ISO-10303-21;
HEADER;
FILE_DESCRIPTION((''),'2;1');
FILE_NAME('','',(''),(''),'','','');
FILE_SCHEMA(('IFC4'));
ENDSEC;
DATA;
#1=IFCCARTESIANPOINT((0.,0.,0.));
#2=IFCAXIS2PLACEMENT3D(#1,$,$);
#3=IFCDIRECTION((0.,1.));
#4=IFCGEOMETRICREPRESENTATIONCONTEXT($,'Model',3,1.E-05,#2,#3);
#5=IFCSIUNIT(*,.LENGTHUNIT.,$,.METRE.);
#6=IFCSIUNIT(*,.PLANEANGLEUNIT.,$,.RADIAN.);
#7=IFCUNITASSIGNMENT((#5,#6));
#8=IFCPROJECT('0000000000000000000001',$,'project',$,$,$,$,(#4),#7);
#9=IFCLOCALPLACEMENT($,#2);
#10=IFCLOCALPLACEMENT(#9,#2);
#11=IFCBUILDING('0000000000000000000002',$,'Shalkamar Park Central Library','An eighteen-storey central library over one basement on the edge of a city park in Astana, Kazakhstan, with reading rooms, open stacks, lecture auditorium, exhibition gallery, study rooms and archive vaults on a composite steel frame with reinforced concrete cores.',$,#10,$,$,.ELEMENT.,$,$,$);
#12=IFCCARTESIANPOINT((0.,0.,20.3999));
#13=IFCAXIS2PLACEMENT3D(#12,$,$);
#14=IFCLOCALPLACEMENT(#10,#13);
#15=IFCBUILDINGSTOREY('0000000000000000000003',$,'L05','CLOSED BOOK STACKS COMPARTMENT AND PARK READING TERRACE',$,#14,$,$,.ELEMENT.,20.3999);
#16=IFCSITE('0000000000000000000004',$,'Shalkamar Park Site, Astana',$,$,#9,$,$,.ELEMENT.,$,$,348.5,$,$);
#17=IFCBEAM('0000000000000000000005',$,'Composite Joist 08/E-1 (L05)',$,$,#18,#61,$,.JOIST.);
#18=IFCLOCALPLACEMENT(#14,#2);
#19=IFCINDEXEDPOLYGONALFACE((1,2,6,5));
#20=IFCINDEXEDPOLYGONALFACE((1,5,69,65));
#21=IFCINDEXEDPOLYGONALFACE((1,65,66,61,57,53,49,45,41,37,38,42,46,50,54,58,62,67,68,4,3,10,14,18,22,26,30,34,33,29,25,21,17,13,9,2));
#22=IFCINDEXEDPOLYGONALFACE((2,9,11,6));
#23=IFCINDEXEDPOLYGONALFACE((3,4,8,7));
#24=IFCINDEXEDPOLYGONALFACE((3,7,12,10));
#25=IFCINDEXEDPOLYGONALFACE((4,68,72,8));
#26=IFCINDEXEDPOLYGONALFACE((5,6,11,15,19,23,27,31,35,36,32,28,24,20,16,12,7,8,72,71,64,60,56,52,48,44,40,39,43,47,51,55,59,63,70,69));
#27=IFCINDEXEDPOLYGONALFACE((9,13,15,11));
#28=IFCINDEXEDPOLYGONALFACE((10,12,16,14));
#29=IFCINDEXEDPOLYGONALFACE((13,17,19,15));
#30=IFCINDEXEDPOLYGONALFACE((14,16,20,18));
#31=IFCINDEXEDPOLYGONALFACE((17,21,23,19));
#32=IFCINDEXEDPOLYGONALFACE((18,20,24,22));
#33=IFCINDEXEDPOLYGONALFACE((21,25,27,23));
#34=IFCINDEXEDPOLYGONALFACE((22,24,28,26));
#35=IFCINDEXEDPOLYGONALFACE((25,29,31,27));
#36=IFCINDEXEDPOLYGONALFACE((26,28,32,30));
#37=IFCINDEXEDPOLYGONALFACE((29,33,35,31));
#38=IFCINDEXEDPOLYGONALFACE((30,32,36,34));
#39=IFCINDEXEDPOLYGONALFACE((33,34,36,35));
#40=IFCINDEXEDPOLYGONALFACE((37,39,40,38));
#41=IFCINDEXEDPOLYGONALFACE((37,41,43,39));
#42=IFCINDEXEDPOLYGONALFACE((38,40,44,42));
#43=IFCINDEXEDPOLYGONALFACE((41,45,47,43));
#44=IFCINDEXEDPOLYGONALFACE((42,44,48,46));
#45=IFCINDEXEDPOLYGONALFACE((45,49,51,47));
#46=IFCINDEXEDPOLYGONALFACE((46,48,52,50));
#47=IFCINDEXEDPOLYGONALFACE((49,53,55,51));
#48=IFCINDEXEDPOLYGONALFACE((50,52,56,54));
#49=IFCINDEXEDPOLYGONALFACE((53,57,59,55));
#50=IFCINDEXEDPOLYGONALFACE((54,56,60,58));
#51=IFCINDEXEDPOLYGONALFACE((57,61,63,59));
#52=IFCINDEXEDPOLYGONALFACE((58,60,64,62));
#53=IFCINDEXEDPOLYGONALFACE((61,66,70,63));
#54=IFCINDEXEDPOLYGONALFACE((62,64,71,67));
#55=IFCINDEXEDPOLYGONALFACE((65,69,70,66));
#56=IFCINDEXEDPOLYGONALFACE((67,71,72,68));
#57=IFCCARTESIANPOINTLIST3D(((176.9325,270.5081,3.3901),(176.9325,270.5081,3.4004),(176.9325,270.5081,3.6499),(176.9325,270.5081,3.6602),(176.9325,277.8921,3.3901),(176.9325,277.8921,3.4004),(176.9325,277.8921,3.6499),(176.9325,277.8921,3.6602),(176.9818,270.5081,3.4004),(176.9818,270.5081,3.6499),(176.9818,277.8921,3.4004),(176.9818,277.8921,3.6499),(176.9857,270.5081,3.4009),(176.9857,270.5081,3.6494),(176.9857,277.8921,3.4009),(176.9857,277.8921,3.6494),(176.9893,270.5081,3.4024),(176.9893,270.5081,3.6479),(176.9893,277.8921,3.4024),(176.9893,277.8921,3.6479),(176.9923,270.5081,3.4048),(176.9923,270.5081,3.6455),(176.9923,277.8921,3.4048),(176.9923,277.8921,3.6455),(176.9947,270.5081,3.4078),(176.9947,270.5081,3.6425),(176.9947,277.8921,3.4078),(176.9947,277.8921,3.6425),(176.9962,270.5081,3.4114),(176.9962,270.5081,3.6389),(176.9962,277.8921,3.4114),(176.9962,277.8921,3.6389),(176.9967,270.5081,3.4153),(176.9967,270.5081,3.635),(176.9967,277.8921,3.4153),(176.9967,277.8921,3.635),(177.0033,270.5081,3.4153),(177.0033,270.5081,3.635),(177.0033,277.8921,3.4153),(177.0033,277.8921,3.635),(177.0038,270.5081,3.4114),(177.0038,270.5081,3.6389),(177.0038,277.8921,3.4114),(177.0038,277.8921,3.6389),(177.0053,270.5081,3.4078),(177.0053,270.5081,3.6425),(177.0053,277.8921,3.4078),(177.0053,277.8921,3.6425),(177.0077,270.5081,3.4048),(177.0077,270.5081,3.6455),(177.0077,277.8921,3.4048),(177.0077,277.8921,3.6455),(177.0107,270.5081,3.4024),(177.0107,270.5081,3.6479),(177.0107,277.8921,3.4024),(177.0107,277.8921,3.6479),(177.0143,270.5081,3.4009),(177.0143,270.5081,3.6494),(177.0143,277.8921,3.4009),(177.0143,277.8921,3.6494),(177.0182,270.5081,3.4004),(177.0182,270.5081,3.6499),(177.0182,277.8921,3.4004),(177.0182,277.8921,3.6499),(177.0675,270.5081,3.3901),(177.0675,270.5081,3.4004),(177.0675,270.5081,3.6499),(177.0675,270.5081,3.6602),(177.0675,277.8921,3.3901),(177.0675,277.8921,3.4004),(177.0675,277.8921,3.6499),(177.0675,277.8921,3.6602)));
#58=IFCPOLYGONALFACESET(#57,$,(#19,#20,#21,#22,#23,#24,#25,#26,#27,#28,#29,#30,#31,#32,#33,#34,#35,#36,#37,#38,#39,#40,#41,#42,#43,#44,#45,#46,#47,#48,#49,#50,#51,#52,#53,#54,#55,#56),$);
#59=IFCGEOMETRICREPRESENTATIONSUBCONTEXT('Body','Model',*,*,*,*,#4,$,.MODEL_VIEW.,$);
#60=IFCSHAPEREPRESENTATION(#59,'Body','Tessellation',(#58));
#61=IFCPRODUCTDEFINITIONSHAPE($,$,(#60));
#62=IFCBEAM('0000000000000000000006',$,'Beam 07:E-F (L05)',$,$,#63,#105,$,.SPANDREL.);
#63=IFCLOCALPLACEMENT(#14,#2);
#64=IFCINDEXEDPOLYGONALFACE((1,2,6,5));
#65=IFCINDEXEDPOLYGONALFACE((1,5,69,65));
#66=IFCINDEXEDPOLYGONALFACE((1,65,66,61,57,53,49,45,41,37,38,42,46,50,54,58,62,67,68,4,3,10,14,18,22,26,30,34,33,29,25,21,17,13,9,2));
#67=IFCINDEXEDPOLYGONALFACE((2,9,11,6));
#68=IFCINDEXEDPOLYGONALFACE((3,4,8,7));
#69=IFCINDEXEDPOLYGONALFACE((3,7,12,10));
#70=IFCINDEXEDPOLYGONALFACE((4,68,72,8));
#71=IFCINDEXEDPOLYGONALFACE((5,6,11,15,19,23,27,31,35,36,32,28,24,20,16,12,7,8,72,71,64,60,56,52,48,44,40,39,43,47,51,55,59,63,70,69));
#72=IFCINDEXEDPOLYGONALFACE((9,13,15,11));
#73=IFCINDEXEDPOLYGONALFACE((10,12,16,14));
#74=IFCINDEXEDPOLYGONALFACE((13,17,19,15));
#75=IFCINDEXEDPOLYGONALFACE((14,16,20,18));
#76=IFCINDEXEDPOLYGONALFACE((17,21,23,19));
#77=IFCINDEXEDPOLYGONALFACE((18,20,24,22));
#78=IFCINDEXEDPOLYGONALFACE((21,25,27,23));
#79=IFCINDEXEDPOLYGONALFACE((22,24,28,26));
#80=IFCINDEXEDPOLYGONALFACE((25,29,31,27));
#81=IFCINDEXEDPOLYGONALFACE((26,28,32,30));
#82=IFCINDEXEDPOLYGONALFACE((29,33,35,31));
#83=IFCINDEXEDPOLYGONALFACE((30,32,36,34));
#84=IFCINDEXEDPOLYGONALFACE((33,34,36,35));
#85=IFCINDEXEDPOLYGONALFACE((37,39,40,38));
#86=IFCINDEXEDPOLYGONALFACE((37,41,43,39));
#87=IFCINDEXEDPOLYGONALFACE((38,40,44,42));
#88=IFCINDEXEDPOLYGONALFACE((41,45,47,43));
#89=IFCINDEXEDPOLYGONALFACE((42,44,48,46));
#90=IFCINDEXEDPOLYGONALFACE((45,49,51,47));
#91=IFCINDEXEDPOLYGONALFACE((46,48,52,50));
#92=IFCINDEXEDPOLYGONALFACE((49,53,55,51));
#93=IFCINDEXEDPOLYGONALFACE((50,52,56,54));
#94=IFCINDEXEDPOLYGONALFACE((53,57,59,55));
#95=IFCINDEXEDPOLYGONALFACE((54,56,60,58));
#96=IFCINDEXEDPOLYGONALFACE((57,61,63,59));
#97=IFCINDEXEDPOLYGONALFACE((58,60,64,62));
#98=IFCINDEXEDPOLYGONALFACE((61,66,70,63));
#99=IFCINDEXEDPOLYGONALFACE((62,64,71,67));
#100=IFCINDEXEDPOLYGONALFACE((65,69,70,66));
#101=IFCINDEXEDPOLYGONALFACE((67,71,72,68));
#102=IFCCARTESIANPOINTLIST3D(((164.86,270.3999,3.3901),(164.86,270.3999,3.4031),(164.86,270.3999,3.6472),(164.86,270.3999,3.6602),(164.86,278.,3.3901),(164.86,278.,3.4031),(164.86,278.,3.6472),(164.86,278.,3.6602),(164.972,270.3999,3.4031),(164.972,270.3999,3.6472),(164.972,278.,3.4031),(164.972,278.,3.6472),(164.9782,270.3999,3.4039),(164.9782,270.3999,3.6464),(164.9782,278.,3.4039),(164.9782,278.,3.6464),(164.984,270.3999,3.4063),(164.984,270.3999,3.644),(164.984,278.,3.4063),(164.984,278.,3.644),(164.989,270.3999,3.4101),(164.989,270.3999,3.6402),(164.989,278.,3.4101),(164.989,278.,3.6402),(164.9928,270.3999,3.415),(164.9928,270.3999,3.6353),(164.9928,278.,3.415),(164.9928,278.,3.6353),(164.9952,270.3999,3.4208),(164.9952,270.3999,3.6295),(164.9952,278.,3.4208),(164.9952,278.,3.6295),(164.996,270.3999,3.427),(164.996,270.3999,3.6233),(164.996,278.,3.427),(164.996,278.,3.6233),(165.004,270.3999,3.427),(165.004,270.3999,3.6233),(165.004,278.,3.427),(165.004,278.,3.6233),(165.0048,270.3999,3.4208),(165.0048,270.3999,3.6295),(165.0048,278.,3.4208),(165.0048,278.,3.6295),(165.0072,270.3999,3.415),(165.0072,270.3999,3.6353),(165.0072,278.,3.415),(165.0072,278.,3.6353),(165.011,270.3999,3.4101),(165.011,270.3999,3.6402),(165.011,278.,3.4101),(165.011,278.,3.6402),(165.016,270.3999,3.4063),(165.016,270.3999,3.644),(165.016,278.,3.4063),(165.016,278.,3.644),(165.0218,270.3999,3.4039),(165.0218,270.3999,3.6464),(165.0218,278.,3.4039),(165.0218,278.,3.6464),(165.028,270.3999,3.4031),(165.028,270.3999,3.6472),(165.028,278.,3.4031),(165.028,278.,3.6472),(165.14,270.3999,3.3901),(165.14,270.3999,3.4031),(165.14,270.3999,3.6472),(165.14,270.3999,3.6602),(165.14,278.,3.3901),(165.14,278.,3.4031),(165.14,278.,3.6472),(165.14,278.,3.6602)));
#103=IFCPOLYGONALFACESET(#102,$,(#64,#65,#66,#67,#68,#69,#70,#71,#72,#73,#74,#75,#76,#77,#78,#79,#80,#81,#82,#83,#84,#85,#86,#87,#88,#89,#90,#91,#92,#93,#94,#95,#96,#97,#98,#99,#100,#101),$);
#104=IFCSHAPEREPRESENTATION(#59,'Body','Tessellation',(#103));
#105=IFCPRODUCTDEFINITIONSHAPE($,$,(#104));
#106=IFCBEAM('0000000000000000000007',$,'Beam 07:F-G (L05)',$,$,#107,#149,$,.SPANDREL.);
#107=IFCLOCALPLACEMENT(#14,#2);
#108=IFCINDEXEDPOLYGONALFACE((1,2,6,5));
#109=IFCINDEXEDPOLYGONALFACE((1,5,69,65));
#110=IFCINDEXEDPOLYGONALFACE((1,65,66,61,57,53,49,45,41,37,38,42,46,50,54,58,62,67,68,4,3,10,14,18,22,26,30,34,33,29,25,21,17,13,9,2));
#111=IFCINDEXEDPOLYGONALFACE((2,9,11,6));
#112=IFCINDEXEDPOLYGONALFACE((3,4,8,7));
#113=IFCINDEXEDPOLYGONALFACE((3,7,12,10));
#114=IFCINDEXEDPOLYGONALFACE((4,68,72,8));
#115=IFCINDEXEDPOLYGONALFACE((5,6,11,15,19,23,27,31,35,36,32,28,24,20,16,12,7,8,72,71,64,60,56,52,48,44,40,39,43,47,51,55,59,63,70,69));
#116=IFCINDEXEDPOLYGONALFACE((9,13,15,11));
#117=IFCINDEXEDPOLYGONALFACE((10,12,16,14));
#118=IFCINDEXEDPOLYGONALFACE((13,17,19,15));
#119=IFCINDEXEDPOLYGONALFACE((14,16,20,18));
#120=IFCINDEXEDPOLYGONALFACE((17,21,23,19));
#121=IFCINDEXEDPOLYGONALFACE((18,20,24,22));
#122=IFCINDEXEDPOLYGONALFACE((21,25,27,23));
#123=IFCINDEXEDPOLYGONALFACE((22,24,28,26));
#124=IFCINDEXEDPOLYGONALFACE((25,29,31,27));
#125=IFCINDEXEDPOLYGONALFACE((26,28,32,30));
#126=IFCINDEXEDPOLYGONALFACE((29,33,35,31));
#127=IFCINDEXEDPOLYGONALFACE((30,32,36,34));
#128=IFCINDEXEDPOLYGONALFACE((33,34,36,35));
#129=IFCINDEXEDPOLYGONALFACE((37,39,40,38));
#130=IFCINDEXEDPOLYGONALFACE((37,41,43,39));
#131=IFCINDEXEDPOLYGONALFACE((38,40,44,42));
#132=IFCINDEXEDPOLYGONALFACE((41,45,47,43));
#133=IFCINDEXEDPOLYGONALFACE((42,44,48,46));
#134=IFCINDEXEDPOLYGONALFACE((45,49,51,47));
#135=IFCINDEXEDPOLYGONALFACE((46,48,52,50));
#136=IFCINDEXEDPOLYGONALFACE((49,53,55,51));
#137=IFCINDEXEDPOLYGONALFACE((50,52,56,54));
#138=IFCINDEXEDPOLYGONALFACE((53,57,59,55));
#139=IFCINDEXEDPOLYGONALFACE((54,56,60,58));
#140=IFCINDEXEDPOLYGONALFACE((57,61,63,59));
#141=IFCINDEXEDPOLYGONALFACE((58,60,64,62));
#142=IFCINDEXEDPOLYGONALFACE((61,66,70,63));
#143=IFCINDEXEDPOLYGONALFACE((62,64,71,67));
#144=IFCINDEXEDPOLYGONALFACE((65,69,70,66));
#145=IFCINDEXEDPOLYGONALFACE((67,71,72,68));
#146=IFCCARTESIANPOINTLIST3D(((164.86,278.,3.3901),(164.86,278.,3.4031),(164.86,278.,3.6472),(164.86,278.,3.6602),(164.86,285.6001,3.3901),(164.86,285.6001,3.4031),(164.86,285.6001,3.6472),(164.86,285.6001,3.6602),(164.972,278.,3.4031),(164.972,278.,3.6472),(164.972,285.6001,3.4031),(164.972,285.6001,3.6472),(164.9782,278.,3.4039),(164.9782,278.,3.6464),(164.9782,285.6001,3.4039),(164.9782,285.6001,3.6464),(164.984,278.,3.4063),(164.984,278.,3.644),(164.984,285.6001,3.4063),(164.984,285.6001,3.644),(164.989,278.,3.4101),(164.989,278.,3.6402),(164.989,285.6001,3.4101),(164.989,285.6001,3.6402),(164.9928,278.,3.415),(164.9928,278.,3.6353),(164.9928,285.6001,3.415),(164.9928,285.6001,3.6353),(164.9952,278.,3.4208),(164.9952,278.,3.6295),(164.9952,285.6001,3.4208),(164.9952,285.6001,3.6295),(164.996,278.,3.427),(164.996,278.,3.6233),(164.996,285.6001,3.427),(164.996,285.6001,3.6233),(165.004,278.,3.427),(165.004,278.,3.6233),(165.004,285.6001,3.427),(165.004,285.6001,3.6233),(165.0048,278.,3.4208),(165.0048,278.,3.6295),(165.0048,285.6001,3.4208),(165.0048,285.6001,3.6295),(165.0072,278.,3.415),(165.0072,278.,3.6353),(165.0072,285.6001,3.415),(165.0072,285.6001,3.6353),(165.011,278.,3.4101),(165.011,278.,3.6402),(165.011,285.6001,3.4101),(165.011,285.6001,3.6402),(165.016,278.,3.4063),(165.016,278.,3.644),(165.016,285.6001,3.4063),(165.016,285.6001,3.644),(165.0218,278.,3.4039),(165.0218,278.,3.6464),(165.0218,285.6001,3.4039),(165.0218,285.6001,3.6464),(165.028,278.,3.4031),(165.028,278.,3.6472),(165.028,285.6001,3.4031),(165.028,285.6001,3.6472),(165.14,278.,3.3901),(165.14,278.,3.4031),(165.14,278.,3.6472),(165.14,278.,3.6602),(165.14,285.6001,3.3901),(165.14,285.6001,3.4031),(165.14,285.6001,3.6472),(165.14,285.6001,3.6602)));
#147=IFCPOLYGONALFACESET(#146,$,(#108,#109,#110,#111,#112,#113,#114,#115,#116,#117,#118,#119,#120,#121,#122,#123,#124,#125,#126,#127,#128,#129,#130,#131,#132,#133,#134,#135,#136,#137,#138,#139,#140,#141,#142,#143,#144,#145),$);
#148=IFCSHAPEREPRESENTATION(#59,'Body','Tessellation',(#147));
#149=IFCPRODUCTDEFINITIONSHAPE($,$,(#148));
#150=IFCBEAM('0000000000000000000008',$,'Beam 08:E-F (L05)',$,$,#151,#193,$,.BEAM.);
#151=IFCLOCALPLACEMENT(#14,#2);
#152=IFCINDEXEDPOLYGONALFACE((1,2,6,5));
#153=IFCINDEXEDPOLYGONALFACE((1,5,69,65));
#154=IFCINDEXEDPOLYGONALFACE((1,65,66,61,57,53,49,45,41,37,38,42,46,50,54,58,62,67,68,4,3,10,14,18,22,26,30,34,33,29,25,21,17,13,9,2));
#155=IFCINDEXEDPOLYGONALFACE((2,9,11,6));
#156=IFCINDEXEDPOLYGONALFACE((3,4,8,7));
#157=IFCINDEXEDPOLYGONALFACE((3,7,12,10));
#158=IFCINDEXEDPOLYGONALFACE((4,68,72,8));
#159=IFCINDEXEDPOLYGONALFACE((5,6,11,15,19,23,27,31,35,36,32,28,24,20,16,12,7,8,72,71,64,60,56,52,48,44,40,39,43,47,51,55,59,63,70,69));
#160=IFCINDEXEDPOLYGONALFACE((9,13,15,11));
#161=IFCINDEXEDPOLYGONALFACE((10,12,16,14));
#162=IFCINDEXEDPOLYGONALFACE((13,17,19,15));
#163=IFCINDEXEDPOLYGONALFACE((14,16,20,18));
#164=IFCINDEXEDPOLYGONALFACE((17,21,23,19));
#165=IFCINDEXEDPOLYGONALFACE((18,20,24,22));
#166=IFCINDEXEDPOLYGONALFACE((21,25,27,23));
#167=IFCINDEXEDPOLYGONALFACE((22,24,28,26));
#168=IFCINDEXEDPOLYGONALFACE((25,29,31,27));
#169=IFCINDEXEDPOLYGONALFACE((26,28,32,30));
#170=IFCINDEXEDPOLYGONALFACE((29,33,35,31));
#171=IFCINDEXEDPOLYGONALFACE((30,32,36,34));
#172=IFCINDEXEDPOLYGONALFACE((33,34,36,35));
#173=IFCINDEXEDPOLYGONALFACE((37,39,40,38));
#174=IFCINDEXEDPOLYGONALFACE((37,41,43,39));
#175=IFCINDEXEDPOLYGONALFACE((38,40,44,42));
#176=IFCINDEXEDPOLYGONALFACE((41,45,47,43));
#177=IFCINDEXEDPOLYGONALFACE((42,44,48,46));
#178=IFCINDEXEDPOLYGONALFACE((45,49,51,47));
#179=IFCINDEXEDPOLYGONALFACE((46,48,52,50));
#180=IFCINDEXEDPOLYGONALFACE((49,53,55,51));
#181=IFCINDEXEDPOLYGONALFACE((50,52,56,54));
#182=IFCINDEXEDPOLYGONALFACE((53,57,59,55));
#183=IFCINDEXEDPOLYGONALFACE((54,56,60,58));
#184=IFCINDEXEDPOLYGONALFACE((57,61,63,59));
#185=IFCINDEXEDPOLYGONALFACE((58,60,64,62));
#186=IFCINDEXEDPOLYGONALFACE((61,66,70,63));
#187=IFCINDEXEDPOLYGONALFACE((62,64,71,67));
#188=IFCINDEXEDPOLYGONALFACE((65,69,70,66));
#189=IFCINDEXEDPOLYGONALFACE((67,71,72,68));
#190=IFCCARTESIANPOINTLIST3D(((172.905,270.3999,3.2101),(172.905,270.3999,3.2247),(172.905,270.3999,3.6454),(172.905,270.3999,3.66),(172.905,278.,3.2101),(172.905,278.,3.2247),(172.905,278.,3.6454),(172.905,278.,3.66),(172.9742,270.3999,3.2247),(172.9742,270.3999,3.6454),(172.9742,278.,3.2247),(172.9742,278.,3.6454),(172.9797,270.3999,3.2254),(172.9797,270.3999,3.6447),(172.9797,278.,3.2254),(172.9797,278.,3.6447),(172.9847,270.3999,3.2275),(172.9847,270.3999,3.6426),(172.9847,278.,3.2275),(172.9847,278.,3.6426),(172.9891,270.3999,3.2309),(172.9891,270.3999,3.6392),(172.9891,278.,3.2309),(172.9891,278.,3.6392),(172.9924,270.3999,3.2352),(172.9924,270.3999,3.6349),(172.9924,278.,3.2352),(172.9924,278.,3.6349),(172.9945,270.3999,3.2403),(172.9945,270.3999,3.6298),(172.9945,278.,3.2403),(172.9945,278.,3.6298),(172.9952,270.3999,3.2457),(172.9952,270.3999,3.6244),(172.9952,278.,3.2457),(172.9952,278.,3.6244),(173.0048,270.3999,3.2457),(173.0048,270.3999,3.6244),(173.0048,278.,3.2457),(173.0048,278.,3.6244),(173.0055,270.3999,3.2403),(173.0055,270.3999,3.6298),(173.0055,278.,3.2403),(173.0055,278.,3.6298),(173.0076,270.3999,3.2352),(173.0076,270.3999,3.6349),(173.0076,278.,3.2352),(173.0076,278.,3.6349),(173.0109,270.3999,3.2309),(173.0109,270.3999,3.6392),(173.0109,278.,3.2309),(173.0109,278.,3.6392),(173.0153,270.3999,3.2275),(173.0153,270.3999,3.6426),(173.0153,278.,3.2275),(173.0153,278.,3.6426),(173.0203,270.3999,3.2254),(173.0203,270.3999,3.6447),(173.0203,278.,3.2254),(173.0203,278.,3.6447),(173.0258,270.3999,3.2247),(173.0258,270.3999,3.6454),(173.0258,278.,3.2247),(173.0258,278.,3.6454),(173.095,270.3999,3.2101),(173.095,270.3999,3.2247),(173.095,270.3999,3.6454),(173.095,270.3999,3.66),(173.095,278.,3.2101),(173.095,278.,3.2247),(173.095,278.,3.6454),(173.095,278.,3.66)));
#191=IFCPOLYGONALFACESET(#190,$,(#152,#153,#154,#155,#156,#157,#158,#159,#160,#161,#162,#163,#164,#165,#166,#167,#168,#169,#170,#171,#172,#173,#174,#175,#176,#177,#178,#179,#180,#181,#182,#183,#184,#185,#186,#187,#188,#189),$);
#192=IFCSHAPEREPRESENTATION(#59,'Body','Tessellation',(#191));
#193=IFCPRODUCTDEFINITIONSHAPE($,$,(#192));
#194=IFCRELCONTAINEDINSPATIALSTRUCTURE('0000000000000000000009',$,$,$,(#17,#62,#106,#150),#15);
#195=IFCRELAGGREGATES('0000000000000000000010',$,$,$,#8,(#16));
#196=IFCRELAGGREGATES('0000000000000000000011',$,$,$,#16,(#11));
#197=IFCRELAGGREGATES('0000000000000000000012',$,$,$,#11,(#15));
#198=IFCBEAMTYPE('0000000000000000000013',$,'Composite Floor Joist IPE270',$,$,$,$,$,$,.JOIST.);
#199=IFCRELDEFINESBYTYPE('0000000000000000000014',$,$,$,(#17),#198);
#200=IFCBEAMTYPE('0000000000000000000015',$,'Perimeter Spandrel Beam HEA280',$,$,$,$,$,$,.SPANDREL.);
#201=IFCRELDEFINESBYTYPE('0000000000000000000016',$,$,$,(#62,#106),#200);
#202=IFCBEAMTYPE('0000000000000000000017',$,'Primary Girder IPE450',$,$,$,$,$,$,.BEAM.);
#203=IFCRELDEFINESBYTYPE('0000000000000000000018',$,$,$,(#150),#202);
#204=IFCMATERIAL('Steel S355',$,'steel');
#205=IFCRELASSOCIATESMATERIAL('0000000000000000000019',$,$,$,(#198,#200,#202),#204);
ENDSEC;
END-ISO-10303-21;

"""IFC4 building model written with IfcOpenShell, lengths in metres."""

from ifc_helpers import new_model, si_unit, direction, frame, origin, origin_2d, place, context, subcontext, project, spatial, i_section, extrude, material, material_profile, profile_set, type_object, element, save


model = new_model("IFC4")

# Units and contexts
model_context = context("Model", 3, precision=1e-05, world=origin(), true_north=direction((0.0, 1.0)))
body_context = subcontext(model_context, "Body", "Model", "MODEL_VIEW")
ifc_project = project(units=[si_unit("LENGTHUNIT", "METRE"), si_unit("PLANEANGLEUNIT", "RADIAN")], contexts=[model_context])

# Site, building, storey
site_placement = place(None, origin())
site = spatial("IfcSite", under=ifc_project, at=site_placement, Name="Shalkamar Park Site, Astana", CompositionType="ELEMENT", RefElevation=348.5)
building_placement = place(site_placement, origin())
building = spatial("IfcBuilding", under=site, at=building_placement, Name="Shalkamar Park Central Library", Description="An eighteen-storey central library over one basement on the edge of a city park in Astana, Kazakhstan, with reading rooms, open stacks, lecture auditorium, exhibition gallery, study rooms and archive vaults on a composite steel frame with reinforced concrete cores.", CompositionType="ELEMENT")
storey_placement = place(building_placement, frame((0.0, 0.0, 20.3999)))
storey = spatial("IfcBuildingStorey", under=building, at=storey_placement, Name="L05", Description="CLOSED BOOK STACKS COMPARTMENT AND PARK READING TERRACE", CompositionType="ELEMENT", Elevation=20.3999)

# Shared definitions
ifc_material_1 = material(Name="Steel S355", Category="steel")

# Beams
ifc_material_profile_1 = material_profile(ifc_material_1, i_section(OverallWidth=0.135, OverallDepth=0.27, WebThickness=0.0066, FlangeThickness=0.0103, FilletRadius=0.0149, at=origin_2d()), Name="IPE 270")
ifc_profile_set_1 = profile_set([ifc_material_profile_1], Name="Steel S355")
beam_type_1 = type_object("IfcBeamType", Name="Composite Floor Joist IPE270", PredefinedType="JOIST", material=ifc_profile_set_1)
for number, where, z_axis, x_axis, name in (
    (1, (177.0, 270.5081, 3.5251), (0.0, 1.0, 0.0), (-1.0, 0.0, 0.0), "Composite Joist 08/E-1 (L05)"),
):
    element("IfcBeam", number, at=place(storey_placement, frame(where, z_axis=z_axis, x_axis=x_axis)), inside=storey, type_object=beam_type_1, Name=name, PredefinedType="JOIST", context=body_context, shape_type="SweptSolid", body=[
        extrude(i_section(OverallWidth=0.135, OverallDepth=0.27, WebThickness=0.0066, FlangeThickness=0.0103, FilletRadius=0.0149, at=origin_2d()), origin(), (0.0, 0.0, 1.0), 7.384),
    ])
ifc_material_profile_2 = material_profile(ifc_material_1, i_section(OverallWidth=0.28, OverallDepth=0.27, WebThickness=0.0081, FlangeThickness=0.0129, FilletRadius=0.0239, at=origin_2d()), Name="HEA 280")
ifc_profile_set_2 = profile_set([ifc_material_profile_2], Name="Steel S355")
beam_type_2 = type_object("IfcBeamType", Name="Perimeter Spandrel Beam HEA280", PredefinedType="SPANDREL", material=ifc_profile_set_2)
for number, where, z_axis, x_axis, name in (
    (2, (165.0, 270.3999, 3.5251), (0.0, 1.0, 0.0), (-1.0, 0.0, 0.0), "Beam 07:E-F (L05)"),
    (3, (165.0, 278.0, 3.5251), (0.0, 1.0, 0.0), (-1.0, 0.0, 0.0), "Beam 07:F-G (L05)"),
):
    element("IfcBeam", number, at=place(storey_placement, frame(where, z_axis=z_axis, x_axis=x_axis)), inside=storey, type_object=beam_type_2, Name=name, PredefinedType="SPANDREL", context=body_context, shape_type="SweptSolid", body=[
        extrude(i_section(OverallWidth=0.28, OverallDepth=0.27, WebThickness=0.0081, FlangeThickness=0.0129, FilletRadius=0.0239, at=origin_2d()), origin(), (0.0, 0.0, 1.0), 7.6001),
    ])
ifc_material_profile_3 = material_profile(ifc_material_1, i_section(OverallWidth=0.1899, OverallDepth=0.45, WebThickness=0.0095, FlangeThickness=0.0146, FilletRadius=0.021, at=origin_2d()), Name="IPE 450")
ifc_profile_set_3 = profile_set([ifc_material_profile_3], Name="Steel S355")
beam_type_3 = type_object("IfcBeamType", Name="Primary Girder IPE450", PredefinedType="BEAM", material=ifc_profile_set_3)
for number, where, z_axis, x_axis, name in (
    (4, (173.0, 270.3999, 3.4351), (0.0, 1.0, 0.0), (-1.0, 0.0, 0.0), "Beam 08:E-F (L05)"),
):
    element("IfcBeam", number, at=place(storey_placement, frame(where, z_axis=z_axis, x_axis=x_axis)), inside=storey, type_object=beam_type_3, Name=name, PredefinedType="BEAM", context=body_context, shape_type="SweptSolid", body=[
        extrude(i_section(OverallWidth=0.1899, OverallDepth=0.45, WebThickness=0.0095, FlangeThickness=0.0146, FilletRadius=0.021, at=origin_2d()), origin(), (0.0, 0.0, 1.0), 7.6001),
    ])

save(model, "model.ifc")
